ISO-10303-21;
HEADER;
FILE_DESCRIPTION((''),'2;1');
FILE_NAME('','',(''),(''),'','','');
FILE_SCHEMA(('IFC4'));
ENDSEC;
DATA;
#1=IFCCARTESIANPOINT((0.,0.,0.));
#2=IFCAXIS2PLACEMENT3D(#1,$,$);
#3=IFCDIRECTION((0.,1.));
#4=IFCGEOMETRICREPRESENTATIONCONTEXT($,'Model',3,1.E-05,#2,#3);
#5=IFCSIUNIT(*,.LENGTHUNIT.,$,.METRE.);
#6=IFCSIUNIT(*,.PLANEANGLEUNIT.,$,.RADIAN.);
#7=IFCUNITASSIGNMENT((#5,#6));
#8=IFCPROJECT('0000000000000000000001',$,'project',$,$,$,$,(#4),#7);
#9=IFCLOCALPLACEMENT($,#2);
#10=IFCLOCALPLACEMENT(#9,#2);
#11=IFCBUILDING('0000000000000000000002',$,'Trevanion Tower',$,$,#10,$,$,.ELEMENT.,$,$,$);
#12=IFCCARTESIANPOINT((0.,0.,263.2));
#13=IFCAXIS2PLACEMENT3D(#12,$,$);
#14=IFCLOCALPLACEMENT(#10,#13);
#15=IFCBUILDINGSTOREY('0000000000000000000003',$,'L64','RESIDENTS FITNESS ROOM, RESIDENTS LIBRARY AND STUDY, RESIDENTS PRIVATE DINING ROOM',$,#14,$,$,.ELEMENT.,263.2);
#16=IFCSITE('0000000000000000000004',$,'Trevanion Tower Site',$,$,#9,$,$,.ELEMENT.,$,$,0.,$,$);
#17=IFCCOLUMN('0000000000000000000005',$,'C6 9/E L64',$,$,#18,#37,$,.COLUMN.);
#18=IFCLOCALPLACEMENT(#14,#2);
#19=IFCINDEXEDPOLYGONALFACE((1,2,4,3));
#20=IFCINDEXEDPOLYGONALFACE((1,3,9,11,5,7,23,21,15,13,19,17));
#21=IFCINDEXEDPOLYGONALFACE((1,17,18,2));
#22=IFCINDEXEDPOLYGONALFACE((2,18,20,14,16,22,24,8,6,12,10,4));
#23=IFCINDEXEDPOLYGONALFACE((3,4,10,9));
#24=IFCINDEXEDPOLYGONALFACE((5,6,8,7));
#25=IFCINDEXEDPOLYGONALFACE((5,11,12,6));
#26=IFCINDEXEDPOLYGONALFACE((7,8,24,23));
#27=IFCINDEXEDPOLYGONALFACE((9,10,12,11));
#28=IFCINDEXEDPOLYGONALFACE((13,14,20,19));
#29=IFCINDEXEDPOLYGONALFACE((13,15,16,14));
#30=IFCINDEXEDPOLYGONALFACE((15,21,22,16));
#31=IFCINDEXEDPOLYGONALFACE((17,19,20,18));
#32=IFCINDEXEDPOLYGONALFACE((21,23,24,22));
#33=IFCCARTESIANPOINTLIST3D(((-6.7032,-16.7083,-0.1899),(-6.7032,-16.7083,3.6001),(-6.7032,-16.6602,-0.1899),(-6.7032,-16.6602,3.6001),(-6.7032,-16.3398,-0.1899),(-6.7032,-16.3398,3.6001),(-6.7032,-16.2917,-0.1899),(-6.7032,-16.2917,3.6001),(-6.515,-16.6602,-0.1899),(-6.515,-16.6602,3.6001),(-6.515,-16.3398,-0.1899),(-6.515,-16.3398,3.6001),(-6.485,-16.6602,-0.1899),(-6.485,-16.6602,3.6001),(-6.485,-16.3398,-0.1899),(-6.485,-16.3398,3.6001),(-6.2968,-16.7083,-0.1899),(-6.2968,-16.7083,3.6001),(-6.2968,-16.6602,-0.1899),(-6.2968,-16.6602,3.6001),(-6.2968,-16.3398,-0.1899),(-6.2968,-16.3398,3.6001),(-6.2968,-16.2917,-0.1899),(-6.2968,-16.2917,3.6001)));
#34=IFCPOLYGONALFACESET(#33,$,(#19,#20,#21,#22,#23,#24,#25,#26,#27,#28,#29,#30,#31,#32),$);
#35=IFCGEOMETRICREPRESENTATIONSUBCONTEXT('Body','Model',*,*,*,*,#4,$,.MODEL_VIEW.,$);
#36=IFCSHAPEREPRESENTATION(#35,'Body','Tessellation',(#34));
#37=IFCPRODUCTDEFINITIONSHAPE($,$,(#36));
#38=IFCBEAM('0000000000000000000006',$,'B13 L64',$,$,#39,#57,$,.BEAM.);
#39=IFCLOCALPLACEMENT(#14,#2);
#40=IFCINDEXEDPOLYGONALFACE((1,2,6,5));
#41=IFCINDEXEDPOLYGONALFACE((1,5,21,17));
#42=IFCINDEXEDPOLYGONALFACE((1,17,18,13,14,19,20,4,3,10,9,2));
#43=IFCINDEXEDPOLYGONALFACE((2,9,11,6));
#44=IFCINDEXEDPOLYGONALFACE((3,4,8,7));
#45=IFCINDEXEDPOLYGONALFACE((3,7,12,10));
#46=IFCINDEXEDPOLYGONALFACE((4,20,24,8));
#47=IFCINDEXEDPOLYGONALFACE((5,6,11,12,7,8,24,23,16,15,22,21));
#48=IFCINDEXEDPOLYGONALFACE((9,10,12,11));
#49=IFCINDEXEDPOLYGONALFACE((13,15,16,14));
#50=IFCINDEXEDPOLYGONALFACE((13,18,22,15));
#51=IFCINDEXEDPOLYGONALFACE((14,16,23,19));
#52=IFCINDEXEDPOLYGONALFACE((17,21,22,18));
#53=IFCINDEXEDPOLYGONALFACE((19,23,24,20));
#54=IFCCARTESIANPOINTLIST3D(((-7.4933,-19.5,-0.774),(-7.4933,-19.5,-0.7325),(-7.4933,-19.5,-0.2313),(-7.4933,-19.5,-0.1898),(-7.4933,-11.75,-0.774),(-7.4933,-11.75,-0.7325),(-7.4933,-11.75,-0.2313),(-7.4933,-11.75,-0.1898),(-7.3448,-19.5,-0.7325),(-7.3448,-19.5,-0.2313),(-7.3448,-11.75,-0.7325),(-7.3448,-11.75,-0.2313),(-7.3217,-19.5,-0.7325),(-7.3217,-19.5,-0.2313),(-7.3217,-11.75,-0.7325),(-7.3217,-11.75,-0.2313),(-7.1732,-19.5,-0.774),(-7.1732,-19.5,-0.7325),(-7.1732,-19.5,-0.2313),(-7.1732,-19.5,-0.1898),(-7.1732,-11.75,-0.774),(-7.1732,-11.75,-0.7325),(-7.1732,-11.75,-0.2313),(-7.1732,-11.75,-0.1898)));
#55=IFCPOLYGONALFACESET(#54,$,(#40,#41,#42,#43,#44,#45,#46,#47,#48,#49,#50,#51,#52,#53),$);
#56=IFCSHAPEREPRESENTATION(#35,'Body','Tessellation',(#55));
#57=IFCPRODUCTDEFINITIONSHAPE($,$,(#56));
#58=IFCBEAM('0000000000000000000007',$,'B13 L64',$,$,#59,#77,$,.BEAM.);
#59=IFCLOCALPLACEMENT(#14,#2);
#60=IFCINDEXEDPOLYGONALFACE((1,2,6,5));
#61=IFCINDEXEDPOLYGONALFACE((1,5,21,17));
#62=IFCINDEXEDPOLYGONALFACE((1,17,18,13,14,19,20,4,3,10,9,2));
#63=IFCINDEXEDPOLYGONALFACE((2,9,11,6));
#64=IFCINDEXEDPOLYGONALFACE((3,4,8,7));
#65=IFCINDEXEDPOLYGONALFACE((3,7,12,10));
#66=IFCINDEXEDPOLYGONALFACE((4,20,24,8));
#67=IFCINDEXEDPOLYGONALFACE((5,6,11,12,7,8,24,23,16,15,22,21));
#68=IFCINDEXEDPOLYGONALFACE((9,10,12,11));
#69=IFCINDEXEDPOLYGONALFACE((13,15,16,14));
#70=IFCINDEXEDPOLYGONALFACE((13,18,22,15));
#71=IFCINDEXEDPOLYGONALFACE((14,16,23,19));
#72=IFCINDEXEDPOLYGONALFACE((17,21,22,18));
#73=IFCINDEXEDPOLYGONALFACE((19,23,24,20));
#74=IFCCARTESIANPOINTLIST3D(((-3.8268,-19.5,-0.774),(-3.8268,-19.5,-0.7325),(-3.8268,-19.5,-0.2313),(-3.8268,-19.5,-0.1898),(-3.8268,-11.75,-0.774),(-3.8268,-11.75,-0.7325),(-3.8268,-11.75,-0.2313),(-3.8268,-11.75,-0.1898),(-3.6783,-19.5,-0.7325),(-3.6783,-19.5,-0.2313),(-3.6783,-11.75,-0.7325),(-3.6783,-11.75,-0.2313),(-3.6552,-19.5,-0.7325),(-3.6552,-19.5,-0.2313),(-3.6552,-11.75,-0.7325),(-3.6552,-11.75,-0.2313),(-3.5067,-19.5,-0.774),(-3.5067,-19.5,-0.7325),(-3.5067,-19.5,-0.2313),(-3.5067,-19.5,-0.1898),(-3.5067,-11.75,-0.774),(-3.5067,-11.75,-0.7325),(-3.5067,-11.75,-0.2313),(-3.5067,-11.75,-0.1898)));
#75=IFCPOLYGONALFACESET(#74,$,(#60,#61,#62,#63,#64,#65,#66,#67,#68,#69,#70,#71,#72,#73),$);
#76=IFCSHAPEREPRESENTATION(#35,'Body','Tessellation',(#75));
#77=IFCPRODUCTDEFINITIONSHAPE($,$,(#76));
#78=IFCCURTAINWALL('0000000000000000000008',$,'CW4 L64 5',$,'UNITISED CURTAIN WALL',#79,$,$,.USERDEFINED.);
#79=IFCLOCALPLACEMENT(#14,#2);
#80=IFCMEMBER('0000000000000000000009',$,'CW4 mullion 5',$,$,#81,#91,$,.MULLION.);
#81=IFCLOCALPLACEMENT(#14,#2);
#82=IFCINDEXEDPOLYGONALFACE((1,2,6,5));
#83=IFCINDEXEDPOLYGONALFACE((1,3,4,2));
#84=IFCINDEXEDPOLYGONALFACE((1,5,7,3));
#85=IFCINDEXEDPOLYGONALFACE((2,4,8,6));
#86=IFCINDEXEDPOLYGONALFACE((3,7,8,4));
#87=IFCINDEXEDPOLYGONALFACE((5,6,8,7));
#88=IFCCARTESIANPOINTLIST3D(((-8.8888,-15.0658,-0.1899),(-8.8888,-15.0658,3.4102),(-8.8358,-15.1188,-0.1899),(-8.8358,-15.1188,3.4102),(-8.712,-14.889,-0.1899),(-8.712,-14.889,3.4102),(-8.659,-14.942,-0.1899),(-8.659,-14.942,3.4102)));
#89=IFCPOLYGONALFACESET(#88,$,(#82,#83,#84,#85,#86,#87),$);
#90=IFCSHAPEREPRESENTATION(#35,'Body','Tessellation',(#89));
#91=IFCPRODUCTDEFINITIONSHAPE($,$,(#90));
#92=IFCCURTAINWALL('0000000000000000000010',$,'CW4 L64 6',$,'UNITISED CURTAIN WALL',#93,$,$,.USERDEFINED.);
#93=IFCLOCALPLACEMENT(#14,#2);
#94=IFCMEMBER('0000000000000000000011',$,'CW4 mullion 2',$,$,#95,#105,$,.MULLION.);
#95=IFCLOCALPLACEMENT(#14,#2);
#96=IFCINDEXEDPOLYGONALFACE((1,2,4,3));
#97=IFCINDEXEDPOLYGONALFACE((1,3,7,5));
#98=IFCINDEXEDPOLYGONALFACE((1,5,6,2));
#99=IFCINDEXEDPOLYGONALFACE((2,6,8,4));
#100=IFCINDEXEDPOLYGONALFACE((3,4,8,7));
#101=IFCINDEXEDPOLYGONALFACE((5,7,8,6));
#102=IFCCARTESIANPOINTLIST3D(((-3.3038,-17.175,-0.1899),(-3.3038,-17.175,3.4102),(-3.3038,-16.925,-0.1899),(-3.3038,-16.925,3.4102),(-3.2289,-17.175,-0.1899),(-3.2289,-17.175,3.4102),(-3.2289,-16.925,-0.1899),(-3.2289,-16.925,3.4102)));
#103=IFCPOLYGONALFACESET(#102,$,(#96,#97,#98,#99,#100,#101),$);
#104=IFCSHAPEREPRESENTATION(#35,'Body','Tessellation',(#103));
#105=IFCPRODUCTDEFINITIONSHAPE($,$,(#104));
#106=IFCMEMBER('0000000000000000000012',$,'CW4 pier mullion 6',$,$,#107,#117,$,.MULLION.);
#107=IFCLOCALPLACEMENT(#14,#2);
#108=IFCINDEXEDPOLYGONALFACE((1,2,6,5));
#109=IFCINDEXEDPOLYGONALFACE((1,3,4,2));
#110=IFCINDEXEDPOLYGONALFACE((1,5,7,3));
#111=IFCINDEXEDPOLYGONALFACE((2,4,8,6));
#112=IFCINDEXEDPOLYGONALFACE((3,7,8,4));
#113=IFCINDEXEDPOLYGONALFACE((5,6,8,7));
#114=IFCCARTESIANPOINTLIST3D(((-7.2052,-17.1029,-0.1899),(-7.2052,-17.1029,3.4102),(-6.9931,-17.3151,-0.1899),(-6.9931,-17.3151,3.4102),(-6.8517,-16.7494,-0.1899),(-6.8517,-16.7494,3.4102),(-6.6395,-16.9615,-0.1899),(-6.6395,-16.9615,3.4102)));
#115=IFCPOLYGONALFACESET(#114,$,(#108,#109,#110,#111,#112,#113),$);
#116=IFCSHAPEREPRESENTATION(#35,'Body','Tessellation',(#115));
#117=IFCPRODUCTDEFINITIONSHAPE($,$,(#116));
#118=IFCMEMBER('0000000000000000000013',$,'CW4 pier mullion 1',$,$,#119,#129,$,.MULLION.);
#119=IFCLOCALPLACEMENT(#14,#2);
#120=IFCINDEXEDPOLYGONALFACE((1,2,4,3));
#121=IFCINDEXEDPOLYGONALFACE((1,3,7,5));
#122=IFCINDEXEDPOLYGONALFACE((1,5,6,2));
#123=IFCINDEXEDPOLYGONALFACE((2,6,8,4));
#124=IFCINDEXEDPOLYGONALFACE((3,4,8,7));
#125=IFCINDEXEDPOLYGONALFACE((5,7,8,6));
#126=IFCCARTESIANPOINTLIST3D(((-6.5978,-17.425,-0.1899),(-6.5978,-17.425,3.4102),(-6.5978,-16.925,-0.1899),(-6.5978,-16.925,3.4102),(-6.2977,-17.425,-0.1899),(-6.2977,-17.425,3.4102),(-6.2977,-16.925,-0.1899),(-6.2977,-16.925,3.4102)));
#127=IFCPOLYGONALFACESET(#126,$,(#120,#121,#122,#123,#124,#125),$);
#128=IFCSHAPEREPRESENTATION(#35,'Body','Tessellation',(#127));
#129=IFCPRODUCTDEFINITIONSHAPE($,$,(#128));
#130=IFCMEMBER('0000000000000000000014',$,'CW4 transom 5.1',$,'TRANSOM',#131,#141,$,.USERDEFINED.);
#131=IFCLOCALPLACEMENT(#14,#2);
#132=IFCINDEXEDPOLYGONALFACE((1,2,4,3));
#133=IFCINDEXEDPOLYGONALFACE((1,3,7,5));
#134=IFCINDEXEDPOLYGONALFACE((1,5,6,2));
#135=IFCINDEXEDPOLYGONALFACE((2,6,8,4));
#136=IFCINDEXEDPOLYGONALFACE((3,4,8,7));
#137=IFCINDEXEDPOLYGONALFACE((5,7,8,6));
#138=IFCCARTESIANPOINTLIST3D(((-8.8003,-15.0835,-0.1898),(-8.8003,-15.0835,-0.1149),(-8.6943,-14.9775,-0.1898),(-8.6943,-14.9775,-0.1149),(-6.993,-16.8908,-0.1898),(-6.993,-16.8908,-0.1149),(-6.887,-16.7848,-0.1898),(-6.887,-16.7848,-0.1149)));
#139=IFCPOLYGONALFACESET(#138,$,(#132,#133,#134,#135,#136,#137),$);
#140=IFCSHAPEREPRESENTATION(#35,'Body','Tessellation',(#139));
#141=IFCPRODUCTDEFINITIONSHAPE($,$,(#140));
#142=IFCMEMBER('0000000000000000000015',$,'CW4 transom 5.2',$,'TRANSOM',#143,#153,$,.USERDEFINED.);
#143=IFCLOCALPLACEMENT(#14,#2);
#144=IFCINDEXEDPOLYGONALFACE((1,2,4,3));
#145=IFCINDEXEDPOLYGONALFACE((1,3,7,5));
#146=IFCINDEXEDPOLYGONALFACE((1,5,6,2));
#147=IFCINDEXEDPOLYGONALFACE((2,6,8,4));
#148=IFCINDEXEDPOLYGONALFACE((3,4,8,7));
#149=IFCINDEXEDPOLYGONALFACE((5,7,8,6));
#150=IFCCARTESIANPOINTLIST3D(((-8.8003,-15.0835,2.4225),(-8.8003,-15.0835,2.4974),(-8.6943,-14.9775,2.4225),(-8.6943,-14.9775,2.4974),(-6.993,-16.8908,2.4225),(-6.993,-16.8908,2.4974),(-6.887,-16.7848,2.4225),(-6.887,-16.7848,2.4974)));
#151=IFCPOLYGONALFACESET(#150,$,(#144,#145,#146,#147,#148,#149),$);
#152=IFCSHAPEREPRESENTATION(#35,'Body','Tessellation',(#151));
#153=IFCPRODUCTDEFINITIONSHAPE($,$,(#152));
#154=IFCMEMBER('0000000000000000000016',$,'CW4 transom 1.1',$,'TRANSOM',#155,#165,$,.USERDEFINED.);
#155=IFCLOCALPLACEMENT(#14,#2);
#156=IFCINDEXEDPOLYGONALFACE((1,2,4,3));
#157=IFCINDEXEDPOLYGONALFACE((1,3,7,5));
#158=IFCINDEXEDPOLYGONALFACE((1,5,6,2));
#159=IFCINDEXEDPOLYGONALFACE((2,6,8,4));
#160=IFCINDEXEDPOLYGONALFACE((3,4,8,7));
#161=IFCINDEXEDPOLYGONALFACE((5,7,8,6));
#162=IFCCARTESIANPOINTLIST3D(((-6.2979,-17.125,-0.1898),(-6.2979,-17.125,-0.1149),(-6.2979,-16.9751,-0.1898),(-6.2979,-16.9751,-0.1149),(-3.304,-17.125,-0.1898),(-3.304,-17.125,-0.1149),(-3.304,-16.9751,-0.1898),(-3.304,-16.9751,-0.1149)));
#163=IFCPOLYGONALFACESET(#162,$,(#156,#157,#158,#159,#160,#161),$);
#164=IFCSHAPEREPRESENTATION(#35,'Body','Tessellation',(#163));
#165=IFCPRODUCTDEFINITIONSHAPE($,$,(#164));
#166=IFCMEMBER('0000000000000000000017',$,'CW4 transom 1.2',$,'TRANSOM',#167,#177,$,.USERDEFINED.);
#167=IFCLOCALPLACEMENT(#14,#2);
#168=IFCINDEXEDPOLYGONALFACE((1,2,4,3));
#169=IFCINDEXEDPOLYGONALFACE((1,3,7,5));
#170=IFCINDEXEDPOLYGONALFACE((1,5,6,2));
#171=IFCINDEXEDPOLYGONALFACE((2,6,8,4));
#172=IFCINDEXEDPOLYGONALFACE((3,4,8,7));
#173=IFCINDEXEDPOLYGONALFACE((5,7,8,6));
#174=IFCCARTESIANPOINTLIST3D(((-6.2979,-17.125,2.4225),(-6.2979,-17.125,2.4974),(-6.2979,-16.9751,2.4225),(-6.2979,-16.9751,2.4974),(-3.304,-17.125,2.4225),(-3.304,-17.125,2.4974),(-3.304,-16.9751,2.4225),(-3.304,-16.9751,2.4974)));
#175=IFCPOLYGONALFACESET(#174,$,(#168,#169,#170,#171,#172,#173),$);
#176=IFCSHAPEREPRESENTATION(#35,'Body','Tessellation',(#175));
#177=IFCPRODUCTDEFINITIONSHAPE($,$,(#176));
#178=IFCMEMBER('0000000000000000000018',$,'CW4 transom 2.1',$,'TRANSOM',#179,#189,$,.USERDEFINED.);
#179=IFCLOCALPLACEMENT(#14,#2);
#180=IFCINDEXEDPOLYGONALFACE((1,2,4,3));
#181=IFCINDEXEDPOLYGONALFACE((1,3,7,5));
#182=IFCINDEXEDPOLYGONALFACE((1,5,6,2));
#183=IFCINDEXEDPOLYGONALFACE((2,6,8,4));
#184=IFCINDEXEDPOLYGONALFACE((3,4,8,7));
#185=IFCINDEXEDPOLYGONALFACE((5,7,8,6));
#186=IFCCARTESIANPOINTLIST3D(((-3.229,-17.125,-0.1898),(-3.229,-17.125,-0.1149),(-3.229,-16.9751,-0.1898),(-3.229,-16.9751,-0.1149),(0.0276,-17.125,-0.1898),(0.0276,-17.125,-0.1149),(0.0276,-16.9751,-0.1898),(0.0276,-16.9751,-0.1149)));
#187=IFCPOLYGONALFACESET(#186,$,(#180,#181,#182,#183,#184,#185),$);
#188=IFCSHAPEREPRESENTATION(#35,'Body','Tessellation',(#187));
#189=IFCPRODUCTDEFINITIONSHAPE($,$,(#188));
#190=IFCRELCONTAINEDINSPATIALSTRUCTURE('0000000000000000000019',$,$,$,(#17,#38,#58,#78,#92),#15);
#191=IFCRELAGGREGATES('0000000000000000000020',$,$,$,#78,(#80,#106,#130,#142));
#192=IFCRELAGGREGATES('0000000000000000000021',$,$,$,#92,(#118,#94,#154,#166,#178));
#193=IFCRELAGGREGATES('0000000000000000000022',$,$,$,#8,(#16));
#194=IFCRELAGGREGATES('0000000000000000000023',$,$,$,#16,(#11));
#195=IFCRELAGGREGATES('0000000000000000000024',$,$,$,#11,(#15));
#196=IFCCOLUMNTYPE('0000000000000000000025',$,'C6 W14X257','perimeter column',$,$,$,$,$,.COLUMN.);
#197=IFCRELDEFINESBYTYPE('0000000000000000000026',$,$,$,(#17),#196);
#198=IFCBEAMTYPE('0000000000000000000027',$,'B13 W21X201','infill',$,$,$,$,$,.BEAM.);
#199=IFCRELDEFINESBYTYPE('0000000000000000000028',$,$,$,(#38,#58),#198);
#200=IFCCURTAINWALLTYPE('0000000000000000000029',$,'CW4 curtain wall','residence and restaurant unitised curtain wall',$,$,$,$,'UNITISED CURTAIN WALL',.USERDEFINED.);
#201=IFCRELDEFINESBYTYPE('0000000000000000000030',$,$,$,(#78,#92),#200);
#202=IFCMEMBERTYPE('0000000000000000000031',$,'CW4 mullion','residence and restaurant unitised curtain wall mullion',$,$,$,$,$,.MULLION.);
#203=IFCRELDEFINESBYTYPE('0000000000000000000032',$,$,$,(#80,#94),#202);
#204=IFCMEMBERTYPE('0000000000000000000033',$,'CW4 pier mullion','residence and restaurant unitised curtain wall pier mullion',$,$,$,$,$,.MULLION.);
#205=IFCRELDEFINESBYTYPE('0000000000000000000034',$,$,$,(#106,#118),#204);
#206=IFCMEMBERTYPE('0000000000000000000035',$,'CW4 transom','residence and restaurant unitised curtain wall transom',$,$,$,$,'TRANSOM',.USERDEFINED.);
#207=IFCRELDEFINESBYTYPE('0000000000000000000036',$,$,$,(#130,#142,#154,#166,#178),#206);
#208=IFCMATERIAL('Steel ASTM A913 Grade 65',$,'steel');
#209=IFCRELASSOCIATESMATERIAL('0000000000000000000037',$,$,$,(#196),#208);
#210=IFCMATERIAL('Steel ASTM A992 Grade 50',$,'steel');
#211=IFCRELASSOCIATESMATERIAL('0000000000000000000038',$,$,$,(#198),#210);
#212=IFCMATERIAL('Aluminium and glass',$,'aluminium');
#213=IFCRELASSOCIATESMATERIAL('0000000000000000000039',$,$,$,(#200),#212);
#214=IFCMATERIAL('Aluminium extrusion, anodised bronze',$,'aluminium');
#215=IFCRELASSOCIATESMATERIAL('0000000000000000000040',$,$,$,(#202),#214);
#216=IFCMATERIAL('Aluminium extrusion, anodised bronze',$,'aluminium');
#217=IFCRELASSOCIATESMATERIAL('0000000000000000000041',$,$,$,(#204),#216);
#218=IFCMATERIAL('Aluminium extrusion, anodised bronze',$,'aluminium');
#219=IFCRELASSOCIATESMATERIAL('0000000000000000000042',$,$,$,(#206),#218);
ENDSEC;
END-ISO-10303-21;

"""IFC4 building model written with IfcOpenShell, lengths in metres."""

from ifc_helpers import new_model, si_unit, direction, frame, origin, origin_2d, place, context, subcontext, project, spatial, rectangle, i_section, extrude, material, material_profile, profile_set, type_object, element, aggregate, save


model = new_model("IFC4")

# Units and contexts
model_context = context("Model", 3, precision=1e-05, world=origin(), true_north=direction((0.0, 1.0)))
body_context = subcontext(model_context, "Body", "Model", "MODEL_VIEW")
ifc_project = project(units=[si_unit("LENGTHUNIT", "METRE"), si_unit("PLANEANGLEUNIT", "RADIAN")], contexts=[model_context])

# Site, building, storey
site_placement = place(None, origin())
site = spatial("IfcSite", under=ifc_project, at=site_placement, Name="Trevanion Tower Site", CompositionType="ELEMENT", RefElevation=0.0)
building_placement = place(site_placement, origin())
building = spatial("IfcBuilding", under=site, at=building_placement, Name="Trevanion Tower", CompositionType="ELEMENT")
storey_placement = place(building_placement, frame((0.0, 0.0, 263.2)))
storey = spatial("IfcBuildingStorey", under=building, at=storey_placement, Name="L64", Description="RESIDENTS FITNESS ROOM, RESIDENTS LIBRARY AND STUDY, RESIDENTS PRIVATE DINING ROOM", CompositionType="ELEMENT", Elevation=263.2)

# Column
ifc_material_1 = material(Name="Steel ASTM A913 Grade 65", Category="steel")
ifc_material_profile_1 = material_profile(ifc_material_1, i_section(OverallWidth=0.4065, OverallDepth=0.4165, WebThickness=0.03, FlangeThickness=0.0481, at=origin_2d()), Name="W14X257")
ifc_profile_set_1 = profile_set([ifc_material_profile_1], Name="Steel ASTM A913 Grade 65")
column_type = type_object("IfcColumnType", Name="C6 W14X257", Description="perimeter column", PredefinedType="COLUMN", material=ifc_profile_set_1)
column_placement = place(storey_placement, frame((-6.5, -16.5, -0.1899), z_axis=(0.0, 0.0, 1.0), x_axis=(1.0, 0.0, 0.0)))
element("IfcColumn", 1, at=column_placement, inside=storey, type_object=column_type, Name="C6 9/E L64", PredefinedType="COLUMN", context=body_context, shape_type="SweptSolid", body=[
    extrude(i_section(OverallWidth=0.4065, OverallDepth=0.4165, WebThickness=0.03, FlangeThickness=0.0481, at=origin_2d()), origin(), (0.0, 0.0, 1.0), 3.79),
])

# Beams
ifc_material_2 = material(Name="Steel ASTM A992 Grade 50", Category="steel")
ifc_material_profile_2 = material_profile(ifc_material_2, i_section(OverallWidth=0.3201, OverallDepth=0.5842, WebThickness=0.0232, FlangeThickness=0.0415, at=origin_2d()), Name="W21X201")
ifc_profile_set_2 = profile_set([ifc_material_profile_2], Name="Steel ASTM A992 Grade 50")
beam_type_1 = type_object("IfcBeamType", Name="B13 W21X201", Description="infill", PredefinedType="BEAM", material=ifc_profile_set_2)
for number, where, z_axis, x_axis, name in (
    (2, (-7.3333, -11.75, -0.4819), (0.0, -1.0, 0.0), (1.0, 0.0, 0.0), "B13 L64"),
    (3, (-3.6667, -11.75, -0.4819), (0.0, -1.0, 0.0), (1.0, 0.0, 0.0), "B13 L64"),
):
    element("IfcBeam", number, at=place(storey_placement, frame(where, z_axis=z_axis, x_axis=x_axis)), inside=storey, type_object=beam_type_1, Name=name, PredefinedType="BEAM", context=body_context, shape_type="SweptSolid", body=[
        extrude(i_section(OverallWidth=0.3201, OverallDepth=0.5842, WebThickness=0.0232, FlangeThickness=0.0415, at=origin_2d()), origin(), (0.0, 0.0, 1.0), 7.75),
    ])

# Curtain walls, members
ifc_material_3 = material(Name="Aluminium and glass", Category="aluminium")
curtain_wall_type = type_object("IfcCurtainWallType", Name="CW4 curtain wall", Description="residence and restaurant unitised curtain wall", ElementType="UNITISED CURTAIN WALL", PredefinedType="USERDEFINED", material=ifc_material_3)
curtain_wall_1_placement = place(storey_placement, origin())
curtain_wall_1 = element("IfcCurtainWall", 4, at=curtain_wall_1_placement, inside=storey, type_object=curtain_wall_type, Name="CW4 L64 5", ObjectType="UNITISED CURTAIN WALL", PredefinedType="USERDEFINED")
ifc_material_4 = material(Name="Aluminium extrusion, anodised bronze", Category="aluminium")
ifc_material_profile_3 = material_profile(ifc_material_4, rectangle(XDim=0.075, YDim=0.25, at=origin_2d()), Name="CW4 mullion")
ifc_profile_set_3 = profile_set([ifc_material_profile_3], Name="Aluminium extrusion, anodised bronze")
member_type_1 = type_object("IfcMemberType", Name="CW4 mullion", Description="residence and restaurant unitised curtain wall mullion", PredefinedType="MULLION", material=ifc_profile_set_3)
member_1_placement = place(storey_placement, frame((-8.7739, -15.0039, -0.1899), z_axis=(0.0, 0.0, 1.0), x_axis=(0.707107, -0.707107, 0.0)))
member_1 = element("IfcMember", 5, at=member_1_placement, type_object=member_type_1, Name="CW4 mullion 5", PredefinedType="MULLION", context=body_context, shape_type="SweptSolid", body=[
    extrude(rectangle(XDim=0.075, YDim=0.25, at=origin_2d()), origin(), (0.0, 0.0, 1.0), 3.6001),
])
curtain_wall_2_placement = place(storey_placement, origin())
curtain_wall_2 = element("IfcCurtainWall", 6, at=curtain_wall_2_placement, inside=storey, type_object=curtain_wall_type, Name="CW4 L64 6", ObjectType="UNITISED CURTAIN WALL", PredefinedType="USERDEFINED")
member_2_placement = place(storey_placement, frame((-3.2664, -17.05, -0.1899), z_axis=(0.0, 0.0, 1.0), x_axis=(1.0, 0.0, 0.0)))
member_2 = element("IfcMember", 7, at=member_2_placement, type_object=member_type_1, Name="CW4 mullion 2", PredefinedType="MULLION", context=body_context, shape_type="SweptSolid", body=[
    extrude(rectangle(XDim=0.075, YDim=0.25, at=origin_2d()), origin(), (0.0, 0.0, 1.0), 3.6001),
])

# Members
ifc_material_5 = material(Name="Aluminium extrusion, anodised bronze", Category="aluminium")
ifc_material_profile_4 = material_profile(ifc_material_5, rectangle(XDim=0.3, YDim=0.5, at=origin_2d()), Name="CW4 pier mullion")
ifc_profile_set_4 = profile_set([ifc_material_profile_4], Name="Aluminium extrusion, anodised bronze")
member_type_2 = type_object("IfcMemberType", Name="CW4 pier mullion", Description="residence and restaurant unitised curtain wall pier mullion", PredefinedType="MULLION", material=ifc_profile_set_4)
member_3_placement = place(storey_placement, frame((-6.9224, -17.0322, -0.1899), z_axis=(0.0, 0.0, 1.0), x_axis=(0.707107, -0.707107, 0.0)))
member_3 = element("IfcMember", 8, at=member_3_placement, type_object=member_type_2, Name="CW4 pier mullion 6", PredefinedType="MULLION", context=body_context, shape_type="SweptSolid", body=[
    extrude(rectangle(XDim=0.3, YDim=0.5, at=origin_2d()), origin(), (0.0, 0.0, 1.0), 3.6001),
])
member_4_placement = place(storey_placement, frame((-6.4478, -17.175, -0.1899), z_axis=(0.0, 0.0, 1.0), x_axis=(1.0, 0.0, 0.0)))
member_4 = element("IfcMember", 9, at=member_4_placement, type_object=member_type_2, Name="CW4 pier mullion 1", PredefinedType="MULLION", context=body_context, shape_type="SweptSolid", body=[
    extrude(rectangle(XDim=0.3, YDim=0.5, at=origin_2d()), origin(), (0.0, 0.0, 1.0), 3.6001),
])
ifc_material_6 = material(Name="Aluminium extrusion, anodised bronze", Category="aluminium")
ifc_material_profile_5 = material_profile(ifc_material_6, rectangle(XDim=0.1499, YDim=0.075, at=origin_2d()), Name="CW4 transom")
ifc_profile_set_5 = profile_set([ifc_material_profile_5], Name="Aluminium extrusion, anodised bronze")
member_type_3 = type_object("IfcMemberType", Name="CW4 transom", Description="residence and restaurant unitised curtain wall transom", ElementType="TRANSOM", PredefinedType="USERDEFINED", material=ifc_profile_set_5)
member_5_placement = place(storey_placement, frame((-8.7473, -15.0305, -0.1523), z_axis=(0.707107, -0.707107, 0.0), x_axis=(0.707107, 0.707107, 0.0)))
member_5 = element("IfcMember", 10, at=member_5_placement, type_object=member_type_3, Name="CW4 transom 5.1", ObjectType="TRANSOM", PredefinedType="USERDEFINED", context=body_context, shape_type="SweptSolid", body=[
    extrude(rectangle(XDim=0.1499, YDim=0.075, at=origin_2d()), origin(), (0.0, 0.0, 1.0), 2.5559),
])
member_6_placement = place(storey_placement, frame((-8.7473, -15.0305, 2.46), z_axis=(0.707107, -0.707107, 0.0), x_axis=(0.707107, 0.707107, 0.0)))
member_6 = element("IfcMember", 11, at=member_6_placement, type_object=member_type_3, Name="CW4 transom 5.2", ObjectType="TRANSOM", PredefinedType="USERDEFINED", context=body_context, shape_type="SweptSolid", body=[
    extrude(rectangle(XDim=0.1499, YDim=0.075, at=origin_2d()), origin(), (0.0, 0.0, 1.0), 2.5559),
])
member_7_placement = place(storey_placement, frame((-6.2979, -17.05, -0.1523), z_axis=(1.0, 0.0, 0.0), x_axis=(0.0, 1.0, 0.0)))
member_7 = element("IfcMember", 12, at=member_7_placement, type_object=member_type_3, Name="CW4 transom 1.1", ObjectType="TRANSOM", PredefinedType="USERDEFINED", context=body_context, shape_type="SweptSolid", body=[
    extrude(rectangle(XDim=0.1499, YDim=0.075, at=origin_2d()), origin(), (0.0, 0.0, 1.0), 2.9939),
])
member_8_placement = place(storey_placement, frame((-6.2979, -17.05, 2.46), z_axis=(1.0, 0.0, 0.0), x_axis=(0.0, 1.0, 0.0)))
member_8 = element("IfcMember", 13, at=member_8_placement, type_object=member_type_3, Name="CW4 transom 1.2", ObjectType="TRANSOM", PredefinedType="USERDEFINED", context=body_context, shape_type="SweptSolid", body=[
    extrude(rectangle(XDim=0.1499, YDim=0.075, at=origin_2d()), origin(), (0.0, 0.0, 1.0), 2.9939),
])
member_9_placement = place(storey_placement, frame((-3.229, -17.05, -0.1523), z_axis=(1.0, 0.0, 0.0), x_axis=(0.0, 1.0, 0.0)))
member_9 = element("IfcMember", 14, at=member_9_placement, type_object=member_type_3, Name="CW4 transom 2.1", ObjectType="TRANSOM", PredefinedType="USERDEFINED", context=body_context, shape_type="SweptSolid", body=[
    extrude(rectangle(XDim=0.1499, YDim=0.075, at=origin_2d()), origin(), (0.0, 0.0, 1.0), 3.2566),
])

aggregate(curtain_wall_1, [member_1, member_3, member_5, member_6])
aggregate(curtain_wall_2, [member_4, member_2, member_7, member_8, member_9])

save(model, "model.ifc")
